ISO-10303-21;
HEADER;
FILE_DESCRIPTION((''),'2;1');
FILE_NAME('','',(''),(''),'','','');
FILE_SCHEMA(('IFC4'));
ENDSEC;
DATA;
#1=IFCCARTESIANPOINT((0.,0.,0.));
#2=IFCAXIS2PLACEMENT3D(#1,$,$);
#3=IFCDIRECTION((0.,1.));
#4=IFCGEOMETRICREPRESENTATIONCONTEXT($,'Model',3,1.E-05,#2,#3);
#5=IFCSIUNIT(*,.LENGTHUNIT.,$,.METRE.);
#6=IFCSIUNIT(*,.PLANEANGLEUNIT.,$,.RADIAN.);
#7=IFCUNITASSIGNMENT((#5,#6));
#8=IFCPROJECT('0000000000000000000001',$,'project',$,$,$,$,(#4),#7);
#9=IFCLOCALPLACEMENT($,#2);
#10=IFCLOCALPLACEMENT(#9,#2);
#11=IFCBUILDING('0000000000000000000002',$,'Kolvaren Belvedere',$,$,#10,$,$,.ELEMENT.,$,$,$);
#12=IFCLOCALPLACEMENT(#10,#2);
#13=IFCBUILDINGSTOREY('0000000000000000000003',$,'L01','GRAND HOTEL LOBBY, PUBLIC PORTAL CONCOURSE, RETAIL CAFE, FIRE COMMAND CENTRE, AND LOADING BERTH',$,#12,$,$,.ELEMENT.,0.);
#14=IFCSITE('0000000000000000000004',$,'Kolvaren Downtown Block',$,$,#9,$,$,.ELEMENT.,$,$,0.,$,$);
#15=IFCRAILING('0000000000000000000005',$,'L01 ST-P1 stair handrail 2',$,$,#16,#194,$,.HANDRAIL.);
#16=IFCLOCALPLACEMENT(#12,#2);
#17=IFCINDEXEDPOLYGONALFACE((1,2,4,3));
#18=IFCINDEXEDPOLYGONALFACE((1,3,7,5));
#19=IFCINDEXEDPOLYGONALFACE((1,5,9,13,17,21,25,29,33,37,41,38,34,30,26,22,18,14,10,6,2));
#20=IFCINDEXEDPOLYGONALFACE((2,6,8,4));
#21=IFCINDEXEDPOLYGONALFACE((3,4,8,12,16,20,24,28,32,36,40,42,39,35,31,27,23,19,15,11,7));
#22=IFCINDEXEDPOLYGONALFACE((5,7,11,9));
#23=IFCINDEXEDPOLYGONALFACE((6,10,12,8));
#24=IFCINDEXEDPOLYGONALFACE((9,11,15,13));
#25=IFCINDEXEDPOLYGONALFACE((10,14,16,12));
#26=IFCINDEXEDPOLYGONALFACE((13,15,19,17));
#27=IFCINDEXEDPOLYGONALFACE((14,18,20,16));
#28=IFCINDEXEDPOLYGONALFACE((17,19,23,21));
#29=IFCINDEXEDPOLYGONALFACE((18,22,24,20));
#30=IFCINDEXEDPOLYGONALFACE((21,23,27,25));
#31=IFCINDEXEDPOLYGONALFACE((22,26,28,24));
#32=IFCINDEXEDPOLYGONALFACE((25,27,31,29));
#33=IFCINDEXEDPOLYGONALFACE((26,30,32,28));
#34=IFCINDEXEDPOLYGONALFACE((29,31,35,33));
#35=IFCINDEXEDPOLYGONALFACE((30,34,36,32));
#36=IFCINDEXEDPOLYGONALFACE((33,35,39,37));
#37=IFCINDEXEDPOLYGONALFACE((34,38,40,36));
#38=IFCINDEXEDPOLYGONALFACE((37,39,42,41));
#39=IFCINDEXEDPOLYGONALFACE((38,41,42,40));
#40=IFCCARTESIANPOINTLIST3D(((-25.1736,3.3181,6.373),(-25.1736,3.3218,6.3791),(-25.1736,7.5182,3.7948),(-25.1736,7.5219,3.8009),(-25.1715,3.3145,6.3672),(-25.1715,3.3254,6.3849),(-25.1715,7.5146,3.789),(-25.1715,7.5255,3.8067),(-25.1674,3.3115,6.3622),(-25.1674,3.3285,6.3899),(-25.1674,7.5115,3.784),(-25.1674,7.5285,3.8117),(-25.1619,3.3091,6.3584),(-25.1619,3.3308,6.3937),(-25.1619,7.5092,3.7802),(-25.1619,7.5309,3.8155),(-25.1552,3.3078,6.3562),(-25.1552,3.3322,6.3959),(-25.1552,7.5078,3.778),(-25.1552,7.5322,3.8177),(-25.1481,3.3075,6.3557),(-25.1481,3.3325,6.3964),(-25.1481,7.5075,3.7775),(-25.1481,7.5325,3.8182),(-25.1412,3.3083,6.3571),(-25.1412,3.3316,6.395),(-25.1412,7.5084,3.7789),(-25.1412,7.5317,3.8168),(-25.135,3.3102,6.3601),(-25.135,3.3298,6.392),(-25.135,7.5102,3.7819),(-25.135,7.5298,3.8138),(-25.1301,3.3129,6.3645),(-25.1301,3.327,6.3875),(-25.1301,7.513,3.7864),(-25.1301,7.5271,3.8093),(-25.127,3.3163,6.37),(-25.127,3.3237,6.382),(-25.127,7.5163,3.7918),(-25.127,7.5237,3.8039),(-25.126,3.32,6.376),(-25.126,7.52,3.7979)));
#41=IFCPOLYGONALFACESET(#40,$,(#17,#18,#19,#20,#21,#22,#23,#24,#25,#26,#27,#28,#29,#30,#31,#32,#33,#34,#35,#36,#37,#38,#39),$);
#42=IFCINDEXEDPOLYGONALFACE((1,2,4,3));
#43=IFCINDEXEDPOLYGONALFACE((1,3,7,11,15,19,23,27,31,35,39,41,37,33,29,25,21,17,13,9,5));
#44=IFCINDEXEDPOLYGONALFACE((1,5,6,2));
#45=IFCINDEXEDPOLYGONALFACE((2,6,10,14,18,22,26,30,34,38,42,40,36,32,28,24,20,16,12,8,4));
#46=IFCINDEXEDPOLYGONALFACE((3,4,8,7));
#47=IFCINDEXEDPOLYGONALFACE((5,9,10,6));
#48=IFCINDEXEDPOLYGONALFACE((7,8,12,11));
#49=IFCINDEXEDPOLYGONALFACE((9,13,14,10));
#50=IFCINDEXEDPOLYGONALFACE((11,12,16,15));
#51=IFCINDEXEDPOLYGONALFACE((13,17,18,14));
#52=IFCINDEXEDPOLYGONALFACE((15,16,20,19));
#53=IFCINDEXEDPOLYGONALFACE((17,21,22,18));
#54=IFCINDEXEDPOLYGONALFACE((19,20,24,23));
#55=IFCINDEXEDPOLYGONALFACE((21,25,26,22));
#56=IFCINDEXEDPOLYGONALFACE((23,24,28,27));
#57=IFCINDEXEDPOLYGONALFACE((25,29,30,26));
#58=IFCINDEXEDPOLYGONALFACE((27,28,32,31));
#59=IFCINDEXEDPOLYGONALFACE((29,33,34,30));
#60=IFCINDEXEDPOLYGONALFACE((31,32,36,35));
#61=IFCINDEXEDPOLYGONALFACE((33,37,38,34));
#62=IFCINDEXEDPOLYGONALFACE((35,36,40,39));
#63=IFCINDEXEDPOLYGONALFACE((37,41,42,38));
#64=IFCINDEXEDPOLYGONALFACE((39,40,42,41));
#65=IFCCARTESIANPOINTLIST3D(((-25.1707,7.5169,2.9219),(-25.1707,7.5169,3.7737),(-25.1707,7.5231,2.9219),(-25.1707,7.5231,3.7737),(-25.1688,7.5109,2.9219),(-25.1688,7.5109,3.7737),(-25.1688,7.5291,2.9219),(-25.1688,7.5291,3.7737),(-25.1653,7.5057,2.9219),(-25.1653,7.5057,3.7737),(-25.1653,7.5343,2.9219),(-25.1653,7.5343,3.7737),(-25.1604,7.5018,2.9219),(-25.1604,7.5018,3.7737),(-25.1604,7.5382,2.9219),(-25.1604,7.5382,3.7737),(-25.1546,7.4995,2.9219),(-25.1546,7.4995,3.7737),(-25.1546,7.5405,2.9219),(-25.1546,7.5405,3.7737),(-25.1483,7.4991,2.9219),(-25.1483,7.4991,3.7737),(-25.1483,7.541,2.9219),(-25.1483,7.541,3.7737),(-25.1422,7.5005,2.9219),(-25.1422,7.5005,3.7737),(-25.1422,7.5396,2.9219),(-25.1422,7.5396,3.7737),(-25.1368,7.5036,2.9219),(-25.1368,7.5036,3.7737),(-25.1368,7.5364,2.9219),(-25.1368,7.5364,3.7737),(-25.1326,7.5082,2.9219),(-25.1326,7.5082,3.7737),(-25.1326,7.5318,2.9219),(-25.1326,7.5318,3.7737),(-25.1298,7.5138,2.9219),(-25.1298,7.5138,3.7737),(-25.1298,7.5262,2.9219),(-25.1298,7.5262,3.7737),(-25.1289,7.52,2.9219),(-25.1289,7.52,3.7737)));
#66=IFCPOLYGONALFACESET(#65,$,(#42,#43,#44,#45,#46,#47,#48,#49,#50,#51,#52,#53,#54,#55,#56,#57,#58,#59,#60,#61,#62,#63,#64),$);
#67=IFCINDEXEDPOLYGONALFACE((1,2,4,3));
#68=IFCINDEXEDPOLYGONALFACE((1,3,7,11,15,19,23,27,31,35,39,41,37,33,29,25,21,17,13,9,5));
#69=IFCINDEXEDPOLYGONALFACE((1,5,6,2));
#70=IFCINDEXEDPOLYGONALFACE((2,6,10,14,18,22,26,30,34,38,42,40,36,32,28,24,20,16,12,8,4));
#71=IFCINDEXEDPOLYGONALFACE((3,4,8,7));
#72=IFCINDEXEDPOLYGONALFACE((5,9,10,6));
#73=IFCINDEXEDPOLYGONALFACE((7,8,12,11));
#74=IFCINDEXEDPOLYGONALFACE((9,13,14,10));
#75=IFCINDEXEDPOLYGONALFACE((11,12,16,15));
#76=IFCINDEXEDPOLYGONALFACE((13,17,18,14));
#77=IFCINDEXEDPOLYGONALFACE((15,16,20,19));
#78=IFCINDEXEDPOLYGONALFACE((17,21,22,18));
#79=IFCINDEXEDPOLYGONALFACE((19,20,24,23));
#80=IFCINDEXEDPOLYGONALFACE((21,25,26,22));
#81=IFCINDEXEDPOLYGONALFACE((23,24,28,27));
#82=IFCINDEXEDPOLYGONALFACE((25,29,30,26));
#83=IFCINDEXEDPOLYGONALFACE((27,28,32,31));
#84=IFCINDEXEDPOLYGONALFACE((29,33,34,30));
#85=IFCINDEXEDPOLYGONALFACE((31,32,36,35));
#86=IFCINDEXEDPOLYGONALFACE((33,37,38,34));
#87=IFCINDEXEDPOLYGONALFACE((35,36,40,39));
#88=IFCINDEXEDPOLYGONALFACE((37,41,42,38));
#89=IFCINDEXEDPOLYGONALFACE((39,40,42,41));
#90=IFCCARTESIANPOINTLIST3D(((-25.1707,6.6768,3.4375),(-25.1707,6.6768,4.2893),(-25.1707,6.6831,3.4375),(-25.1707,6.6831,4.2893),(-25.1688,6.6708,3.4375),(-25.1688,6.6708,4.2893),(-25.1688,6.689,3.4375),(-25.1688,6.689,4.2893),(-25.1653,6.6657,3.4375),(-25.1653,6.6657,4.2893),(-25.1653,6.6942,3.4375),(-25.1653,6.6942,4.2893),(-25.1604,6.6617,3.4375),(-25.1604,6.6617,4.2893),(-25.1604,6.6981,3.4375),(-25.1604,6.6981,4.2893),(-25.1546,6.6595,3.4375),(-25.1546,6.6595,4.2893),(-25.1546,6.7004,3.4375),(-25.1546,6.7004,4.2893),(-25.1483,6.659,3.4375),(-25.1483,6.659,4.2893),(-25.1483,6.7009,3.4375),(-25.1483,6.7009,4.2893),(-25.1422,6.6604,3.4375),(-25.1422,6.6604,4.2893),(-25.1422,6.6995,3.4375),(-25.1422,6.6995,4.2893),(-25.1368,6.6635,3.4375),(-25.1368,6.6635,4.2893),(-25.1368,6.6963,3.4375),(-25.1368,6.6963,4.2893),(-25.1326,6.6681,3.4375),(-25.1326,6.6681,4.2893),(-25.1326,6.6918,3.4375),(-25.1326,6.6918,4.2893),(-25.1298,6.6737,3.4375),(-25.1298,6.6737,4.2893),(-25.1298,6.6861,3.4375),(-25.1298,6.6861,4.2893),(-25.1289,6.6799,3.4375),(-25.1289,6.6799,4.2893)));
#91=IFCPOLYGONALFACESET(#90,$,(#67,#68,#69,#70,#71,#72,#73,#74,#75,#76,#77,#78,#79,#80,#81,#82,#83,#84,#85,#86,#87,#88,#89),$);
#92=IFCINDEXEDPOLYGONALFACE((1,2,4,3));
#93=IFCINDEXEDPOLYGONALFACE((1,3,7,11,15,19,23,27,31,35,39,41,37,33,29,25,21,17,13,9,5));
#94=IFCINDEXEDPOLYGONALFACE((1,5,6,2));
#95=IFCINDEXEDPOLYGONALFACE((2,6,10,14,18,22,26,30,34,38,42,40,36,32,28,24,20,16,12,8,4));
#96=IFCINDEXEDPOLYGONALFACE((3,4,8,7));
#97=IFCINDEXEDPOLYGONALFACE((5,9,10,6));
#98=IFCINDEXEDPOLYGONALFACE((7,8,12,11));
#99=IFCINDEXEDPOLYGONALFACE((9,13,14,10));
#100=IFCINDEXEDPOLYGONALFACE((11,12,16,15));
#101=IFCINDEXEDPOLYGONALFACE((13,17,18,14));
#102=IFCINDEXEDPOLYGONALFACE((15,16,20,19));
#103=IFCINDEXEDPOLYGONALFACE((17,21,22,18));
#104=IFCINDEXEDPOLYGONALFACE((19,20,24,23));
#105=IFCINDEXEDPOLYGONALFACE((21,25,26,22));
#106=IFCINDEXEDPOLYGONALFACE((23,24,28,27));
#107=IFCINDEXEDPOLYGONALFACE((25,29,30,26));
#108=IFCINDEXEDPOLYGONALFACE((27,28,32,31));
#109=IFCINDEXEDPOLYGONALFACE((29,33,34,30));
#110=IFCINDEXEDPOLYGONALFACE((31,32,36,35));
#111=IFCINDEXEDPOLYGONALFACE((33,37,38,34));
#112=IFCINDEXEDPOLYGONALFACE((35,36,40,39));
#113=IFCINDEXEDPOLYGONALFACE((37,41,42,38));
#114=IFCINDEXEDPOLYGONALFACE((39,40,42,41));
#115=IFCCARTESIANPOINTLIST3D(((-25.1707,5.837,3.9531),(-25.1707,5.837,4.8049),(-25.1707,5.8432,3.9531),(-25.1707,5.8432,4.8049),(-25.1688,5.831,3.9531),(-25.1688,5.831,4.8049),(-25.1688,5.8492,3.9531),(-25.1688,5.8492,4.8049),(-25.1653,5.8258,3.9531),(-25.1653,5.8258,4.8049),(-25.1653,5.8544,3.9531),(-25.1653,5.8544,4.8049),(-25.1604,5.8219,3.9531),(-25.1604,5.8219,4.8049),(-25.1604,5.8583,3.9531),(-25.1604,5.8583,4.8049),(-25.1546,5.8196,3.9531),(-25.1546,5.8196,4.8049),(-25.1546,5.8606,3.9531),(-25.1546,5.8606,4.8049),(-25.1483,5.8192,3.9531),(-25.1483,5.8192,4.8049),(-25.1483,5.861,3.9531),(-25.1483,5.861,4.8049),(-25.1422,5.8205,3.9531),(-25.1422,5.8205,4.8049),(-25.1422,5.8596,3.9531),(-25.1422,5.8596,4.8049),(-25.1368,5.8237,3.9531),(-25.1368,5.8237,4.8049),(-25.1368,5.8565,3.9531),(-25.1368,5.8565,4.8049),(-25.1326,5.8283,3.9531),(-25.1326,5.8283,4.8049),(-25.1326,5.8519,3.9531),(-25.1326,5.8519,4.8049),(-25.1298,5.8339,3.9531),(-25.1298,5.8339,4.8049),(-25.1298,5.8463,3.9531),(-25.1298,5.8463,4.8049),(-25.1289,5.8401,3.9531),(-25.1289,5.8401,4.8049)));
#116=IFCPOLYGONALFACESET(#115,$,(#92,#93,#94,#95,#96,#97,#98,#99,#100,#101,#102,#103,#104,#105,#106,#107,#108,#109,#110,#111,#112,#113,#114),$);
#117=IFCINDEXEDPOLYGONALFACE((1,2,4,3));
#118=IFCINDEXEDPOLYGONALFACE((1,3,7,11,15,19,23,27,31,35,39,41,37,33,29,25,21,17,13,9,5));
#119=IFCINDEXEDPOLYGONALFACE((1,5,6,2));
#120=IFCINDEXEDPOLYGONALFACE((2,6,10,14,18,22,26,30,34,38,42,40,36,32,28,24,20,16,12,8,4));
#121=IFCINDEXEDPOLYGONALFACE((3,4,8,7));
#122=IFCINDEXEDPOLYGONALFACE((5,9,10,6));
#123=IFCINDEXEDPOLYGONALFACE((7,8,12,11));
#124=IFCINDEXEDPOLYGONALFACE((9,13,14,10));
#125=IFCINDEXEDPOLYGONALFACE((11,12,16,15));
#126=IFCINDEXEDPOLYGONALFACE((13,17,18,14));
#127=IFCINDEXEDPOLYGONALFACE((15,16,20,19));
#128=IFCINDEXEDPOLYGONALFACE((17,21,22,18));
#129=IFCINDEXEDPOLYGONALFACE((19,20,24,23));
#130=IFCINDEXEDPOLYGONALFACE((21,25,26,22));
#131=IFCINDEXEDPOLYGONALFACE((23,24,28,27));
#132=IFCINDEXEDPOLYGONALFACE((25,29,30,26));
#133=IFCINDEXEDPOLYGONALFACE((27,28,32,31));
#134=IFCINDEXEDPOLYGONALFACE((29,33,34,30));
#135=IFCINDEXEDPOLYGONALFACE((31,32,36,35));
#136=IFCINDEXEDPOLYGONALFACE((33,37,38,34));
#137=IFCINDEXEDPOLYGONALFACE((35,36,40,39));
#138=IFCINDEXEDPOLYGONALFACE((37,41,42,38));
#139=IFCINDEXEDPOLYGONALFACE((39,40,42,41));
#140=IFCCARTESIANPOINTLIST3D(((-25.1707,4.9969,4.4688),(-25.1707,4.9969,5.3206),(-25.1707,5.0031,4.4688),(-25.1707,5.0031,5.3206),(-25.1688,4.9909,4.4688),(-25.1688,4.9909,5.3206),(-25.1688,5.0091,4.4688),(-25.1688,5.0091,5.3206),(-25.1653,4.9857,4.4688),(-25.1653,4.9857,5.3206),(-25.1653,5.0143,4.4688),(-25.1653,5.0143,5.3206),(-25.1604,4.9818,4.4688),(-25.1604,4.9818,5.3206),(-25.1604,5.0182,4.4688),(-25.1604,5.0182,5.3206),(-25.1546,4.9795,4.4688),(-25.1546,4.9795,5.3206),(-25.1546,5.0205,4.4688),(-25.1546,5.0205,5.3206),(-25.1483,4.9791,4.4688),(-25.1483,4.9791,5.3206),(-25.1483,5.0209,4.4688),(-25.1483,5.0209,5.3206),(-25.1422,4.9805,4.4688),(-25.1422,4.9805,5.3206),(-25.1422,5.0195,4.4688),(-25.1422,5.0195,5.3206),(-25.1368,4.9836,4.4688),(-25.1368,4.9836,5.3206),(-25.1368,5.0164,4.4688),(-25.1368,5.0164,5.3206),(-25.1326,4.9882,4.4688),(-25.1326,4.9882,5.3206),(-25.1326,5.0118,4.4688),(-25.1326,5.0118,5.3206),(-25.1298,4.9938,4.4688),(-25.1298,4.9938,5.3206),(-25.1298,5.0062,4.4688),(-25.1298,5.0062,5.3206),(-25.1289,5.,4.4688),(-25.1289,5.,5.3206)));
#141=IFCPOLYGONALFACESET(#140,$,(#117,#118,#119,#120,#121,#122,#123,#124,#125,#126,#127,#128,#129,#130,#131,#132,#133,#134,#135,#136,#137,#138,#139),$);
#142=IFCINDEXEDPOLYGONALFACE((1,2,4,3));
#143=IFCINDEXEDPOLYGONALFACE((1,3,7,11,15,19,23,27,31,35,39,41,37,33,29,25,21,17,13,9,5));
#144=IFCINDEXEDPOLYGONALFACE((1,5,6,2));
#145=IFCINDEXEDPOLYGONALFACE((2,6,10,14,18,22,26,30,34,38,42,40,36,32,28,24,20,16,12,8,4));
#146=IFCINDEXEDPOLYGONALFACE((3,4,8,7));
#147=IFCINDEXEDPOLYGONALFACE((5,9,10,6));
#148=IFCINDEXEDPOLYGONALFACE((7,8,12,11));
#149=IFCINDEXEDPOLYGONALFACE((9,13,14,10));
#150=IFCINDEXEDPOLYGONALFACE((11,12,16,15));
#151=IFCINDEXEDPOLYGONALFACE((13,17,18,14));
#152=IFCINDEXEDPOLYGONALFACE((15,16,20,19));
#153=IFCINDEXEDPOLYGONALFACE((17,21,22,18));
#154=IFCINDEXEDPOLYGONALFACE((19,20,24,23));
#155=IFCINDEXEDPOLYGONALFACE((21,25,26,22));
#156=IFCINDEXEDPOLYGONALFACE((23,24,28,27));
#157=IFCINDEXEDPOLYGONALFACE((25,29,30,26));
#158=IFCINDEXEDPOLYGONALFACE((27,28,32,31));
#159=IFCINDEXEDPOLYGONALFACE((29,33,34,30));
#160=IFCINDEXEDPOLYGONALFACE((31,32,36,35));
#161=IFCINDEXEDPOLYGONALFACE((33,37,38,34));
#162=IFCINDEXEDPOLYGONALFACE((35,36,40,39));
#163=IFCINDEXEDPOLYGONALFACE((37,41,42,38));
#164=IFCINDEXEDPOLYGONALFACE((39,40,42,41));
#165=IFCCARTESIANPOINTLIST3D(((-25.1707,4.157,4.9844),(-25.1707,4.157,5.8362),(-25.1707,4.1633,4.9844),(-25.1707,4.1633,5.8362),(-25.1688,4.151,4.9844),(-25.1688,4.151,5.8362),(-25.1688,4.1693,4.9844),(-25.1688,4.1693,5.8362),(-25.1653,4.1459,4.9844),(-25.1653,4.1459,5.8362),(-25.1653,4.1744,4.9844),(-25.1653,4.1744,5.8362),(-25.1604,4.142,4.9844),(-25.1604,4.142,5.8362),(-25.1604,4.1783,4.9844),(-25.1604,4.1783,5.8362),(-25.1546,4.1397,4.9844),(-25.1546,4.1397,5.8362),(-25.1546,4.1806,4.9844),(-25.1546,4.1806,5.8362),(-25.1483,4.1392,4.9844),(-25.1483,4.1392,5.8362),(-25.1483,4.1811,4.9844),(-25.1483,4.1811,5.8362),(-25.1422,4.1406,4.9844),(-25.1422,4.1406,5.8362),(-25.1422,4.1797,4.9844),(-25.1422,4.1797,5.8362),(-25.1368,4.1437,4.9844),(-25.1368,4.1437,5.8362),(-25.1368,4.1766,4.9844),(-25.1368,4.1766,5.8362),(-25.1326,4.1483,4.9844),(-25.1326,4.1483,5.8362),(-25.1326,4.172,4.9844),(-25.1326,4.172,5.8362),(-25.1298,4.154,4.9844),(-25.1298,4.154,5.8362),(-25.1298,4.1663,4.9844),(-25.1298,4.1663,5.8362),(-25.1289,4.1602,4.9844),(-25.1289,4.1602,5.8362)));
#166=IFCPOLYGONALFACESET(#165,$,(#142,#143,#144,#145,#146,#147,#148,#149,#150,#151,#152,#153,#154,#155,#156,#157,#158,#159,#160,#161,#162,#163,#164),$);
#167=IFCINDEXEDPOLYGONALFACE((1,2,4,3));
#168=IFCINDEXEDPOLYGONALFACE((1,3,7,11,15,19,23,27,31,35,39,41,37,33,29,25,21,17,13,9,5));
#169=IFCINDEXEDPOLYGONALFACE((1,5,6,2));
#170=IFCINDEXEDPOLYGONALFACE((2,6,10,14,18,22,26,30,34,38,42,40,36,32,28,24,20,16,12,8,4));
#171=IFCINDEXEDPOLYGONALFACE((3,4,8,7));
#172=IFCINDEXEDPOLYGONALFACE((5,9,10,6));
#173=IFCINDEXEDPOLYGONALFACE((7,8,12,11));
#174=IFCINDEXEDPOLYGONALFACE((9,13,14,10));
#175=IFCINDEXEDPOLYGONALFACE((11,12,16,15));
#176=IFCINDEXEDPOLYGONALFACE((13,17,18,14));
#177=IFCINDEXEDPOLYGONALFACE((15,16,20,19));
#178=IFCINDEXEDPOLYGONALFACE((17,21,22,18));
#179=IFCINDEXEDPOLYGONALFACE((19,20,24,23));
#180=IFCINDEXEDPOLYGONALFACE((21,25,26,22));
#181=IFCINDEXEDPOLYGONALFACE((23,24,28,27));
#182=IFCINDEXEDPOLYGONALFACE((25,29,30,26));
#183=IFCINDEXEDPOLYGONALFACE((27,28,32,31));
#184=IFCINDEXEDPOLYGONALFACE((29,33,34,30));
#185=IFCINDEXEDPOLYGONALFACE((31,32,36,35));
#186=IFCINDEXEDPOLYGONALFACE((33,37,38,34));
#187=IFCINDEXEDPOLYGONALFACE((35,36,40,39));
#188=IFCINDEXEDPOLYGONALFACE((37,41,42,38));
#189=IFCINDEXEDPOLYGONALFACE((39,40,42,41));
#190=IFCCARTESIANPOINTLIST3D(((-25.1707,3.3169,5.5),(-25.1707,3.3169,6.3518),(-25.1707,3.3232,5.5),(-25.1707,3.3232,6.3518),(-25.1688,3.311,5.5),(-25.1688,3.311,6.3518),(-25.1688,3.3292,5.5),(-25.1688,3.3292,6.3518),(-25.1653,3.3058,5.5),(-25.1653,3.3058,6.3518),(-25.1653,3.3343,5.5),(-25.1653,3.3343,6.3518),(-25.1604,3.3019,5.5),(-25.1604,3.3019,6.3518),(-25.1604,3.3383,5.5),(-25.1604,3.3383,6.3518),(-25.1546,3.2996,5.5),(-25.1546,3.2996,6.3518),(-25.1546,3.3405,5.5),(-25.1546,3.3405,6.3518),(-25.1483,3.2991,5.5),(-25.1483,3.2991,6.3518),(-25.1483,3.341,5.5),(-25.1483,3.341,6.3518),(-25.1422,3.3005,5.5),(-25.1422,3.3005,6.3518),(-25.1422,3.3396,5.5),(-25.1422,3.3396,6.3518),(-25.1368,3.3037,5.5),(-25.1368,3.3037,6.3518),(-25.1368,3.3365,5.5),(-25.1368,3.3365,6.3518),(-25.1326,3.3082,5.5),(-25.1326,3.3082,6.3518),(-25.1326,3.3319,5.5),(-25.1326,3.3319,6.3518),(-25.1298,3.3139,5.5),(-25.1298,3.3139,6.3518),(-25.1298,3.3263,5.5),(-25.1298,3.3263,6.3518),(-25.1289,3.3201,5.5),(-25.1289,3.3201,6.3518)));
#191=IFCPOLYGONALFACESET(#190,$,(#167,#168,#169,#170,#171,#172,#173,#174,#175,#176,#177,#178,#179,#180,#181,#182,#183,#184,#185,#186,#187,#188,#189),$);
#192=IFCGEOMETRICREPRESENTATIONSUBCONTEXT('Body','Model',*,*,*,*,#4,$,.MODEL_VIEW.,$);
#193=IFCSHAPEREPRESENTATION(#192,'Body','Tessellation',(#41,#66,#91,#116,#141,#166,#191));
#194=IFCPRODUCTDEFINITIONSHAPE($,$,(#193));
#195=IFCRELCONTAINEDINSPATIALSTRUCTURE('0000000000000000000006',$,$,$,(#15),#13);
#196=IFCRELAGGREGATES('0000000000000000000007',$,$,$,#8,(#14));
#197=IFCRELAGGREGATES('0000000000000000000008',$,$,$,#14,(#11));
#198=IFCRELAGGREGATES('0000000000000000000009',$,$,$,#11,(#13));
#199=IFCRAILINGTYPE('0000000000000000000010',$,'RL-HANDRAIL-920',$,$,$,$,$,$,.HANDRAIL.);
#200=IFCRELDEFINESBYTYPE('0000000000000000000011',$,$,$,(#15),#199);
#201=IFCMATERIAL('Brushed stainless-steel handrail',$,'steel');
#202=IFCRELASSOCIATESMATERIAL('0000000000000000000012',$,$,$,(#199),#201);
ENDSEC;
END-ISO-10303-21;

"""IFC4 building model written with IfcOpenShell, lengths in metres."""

from ifc_helpers import new_model, si_unit, direction, frame, origin, origin_2d, place, context, subcontext, project, spatial, circle, extrude, material, type_object, element, save


model = new_model("IFC4")

# Units and contexts
model_context = context("Model", 3, precision=1e-05, world=origin(), true_north=direction((0.0, 1.0)))
body_context = subcontext(model_context, "Body", "Model", "MODEL_VIEW")
ifc_project = project(units=[si_unit("LENGTHUNIT", "METRE"), si_unit("PLANEANGLEUNIT", "RADIAN")], contexts=[model_context])

# Site, building, storey
site_placement = place(None, origin())
site = spatial("IfcSite", under=ifc_project, at=site_placement, Name="Kolvaren Downtown Block", CompositionType="ELEMENT", RefElevation=0.0)
building_placement = place(site_placement, origin())
building = spatial("IfcBuilding", under=site, at=building_placement, Name="Kolvaren Belvedere", CompositionType="ELEMENT")
storey_placement = place(building_placement, origin())
storey = spatial("IfcBuildingStorey", under=building, at=storey_placement, Name="L01", Description="GRAND HOTEL LOBBY, PUBLIC PORTAL CONCOURSE, RETAIL CAFE, FIRE COMMAND CENTRE, AND LOADING BERTH", CompositionType="ELEMENT", Elevation=0.0)

# Railing
ifc_material_1 = material(Name="Brushed stainless-steel handrail", Category="steel")
railing_type_1 = type_object("IfcRailingType", Name="RL-HANDRAIL-920", PredefinedType="HANDRAIL", material=ifc_material_1)
railing_1_placement = place(storey_placement, frame((-25.1499, 7.52, 2.9219)))
element("IfcRailing", 1, at=railing_1_placement, inside=storey, type_object=railing_type_1, Name="L01 ST-P1 stair handrail 2", PredefinedType="HANDRAIL", context=body_context, shape_type="SweptSolid", body=[
    extrude(circle(Radius=0.0239, at=origin_2d()), frame((0.0, 0.0, 0.876), z_axis=(0.0, -0.852243, 0.523146), x_axis=(1.0, 0.0, 0.0)), (0.0, 0.0, 1.0), 4.9282),
    extrude(circle(Radius=0.021, at=origin_2d()), origin(), (0.0, 0.0, 1.0), 0.8518),
    extrude(circle(Radius=0.021, at=origin_2d()), frame((0.0, -0.8401, 0.5156)), (0.0, 0.0, 1.0), 0.8518),
    extrude(circle(Radius=0.021, at=origin_2d()), frame((0.0, -1.6799, 1.0312)), (0.0, 0.0, 1.0), 0.8518),
    extrude(circle(Radius=0.021, at=origin_2d()), frame((0.0, -2.52, 1.5469)), (0.0, 0.0, 1.0), 0.8518),
    extrude(circle(Radius=0.021, at=origin_2d()), frame((0.0, -3.3599, 2.0625)), (0.0, 0.0, 1.0), 0.8518),
    extrude(circle(Radius=0.021, at=origin_2d()), frame((0.0, -4.2, 2.5781)), (0.0, 0.0, 1.0), 0.8518),
])

save(model, "model.ifc")
